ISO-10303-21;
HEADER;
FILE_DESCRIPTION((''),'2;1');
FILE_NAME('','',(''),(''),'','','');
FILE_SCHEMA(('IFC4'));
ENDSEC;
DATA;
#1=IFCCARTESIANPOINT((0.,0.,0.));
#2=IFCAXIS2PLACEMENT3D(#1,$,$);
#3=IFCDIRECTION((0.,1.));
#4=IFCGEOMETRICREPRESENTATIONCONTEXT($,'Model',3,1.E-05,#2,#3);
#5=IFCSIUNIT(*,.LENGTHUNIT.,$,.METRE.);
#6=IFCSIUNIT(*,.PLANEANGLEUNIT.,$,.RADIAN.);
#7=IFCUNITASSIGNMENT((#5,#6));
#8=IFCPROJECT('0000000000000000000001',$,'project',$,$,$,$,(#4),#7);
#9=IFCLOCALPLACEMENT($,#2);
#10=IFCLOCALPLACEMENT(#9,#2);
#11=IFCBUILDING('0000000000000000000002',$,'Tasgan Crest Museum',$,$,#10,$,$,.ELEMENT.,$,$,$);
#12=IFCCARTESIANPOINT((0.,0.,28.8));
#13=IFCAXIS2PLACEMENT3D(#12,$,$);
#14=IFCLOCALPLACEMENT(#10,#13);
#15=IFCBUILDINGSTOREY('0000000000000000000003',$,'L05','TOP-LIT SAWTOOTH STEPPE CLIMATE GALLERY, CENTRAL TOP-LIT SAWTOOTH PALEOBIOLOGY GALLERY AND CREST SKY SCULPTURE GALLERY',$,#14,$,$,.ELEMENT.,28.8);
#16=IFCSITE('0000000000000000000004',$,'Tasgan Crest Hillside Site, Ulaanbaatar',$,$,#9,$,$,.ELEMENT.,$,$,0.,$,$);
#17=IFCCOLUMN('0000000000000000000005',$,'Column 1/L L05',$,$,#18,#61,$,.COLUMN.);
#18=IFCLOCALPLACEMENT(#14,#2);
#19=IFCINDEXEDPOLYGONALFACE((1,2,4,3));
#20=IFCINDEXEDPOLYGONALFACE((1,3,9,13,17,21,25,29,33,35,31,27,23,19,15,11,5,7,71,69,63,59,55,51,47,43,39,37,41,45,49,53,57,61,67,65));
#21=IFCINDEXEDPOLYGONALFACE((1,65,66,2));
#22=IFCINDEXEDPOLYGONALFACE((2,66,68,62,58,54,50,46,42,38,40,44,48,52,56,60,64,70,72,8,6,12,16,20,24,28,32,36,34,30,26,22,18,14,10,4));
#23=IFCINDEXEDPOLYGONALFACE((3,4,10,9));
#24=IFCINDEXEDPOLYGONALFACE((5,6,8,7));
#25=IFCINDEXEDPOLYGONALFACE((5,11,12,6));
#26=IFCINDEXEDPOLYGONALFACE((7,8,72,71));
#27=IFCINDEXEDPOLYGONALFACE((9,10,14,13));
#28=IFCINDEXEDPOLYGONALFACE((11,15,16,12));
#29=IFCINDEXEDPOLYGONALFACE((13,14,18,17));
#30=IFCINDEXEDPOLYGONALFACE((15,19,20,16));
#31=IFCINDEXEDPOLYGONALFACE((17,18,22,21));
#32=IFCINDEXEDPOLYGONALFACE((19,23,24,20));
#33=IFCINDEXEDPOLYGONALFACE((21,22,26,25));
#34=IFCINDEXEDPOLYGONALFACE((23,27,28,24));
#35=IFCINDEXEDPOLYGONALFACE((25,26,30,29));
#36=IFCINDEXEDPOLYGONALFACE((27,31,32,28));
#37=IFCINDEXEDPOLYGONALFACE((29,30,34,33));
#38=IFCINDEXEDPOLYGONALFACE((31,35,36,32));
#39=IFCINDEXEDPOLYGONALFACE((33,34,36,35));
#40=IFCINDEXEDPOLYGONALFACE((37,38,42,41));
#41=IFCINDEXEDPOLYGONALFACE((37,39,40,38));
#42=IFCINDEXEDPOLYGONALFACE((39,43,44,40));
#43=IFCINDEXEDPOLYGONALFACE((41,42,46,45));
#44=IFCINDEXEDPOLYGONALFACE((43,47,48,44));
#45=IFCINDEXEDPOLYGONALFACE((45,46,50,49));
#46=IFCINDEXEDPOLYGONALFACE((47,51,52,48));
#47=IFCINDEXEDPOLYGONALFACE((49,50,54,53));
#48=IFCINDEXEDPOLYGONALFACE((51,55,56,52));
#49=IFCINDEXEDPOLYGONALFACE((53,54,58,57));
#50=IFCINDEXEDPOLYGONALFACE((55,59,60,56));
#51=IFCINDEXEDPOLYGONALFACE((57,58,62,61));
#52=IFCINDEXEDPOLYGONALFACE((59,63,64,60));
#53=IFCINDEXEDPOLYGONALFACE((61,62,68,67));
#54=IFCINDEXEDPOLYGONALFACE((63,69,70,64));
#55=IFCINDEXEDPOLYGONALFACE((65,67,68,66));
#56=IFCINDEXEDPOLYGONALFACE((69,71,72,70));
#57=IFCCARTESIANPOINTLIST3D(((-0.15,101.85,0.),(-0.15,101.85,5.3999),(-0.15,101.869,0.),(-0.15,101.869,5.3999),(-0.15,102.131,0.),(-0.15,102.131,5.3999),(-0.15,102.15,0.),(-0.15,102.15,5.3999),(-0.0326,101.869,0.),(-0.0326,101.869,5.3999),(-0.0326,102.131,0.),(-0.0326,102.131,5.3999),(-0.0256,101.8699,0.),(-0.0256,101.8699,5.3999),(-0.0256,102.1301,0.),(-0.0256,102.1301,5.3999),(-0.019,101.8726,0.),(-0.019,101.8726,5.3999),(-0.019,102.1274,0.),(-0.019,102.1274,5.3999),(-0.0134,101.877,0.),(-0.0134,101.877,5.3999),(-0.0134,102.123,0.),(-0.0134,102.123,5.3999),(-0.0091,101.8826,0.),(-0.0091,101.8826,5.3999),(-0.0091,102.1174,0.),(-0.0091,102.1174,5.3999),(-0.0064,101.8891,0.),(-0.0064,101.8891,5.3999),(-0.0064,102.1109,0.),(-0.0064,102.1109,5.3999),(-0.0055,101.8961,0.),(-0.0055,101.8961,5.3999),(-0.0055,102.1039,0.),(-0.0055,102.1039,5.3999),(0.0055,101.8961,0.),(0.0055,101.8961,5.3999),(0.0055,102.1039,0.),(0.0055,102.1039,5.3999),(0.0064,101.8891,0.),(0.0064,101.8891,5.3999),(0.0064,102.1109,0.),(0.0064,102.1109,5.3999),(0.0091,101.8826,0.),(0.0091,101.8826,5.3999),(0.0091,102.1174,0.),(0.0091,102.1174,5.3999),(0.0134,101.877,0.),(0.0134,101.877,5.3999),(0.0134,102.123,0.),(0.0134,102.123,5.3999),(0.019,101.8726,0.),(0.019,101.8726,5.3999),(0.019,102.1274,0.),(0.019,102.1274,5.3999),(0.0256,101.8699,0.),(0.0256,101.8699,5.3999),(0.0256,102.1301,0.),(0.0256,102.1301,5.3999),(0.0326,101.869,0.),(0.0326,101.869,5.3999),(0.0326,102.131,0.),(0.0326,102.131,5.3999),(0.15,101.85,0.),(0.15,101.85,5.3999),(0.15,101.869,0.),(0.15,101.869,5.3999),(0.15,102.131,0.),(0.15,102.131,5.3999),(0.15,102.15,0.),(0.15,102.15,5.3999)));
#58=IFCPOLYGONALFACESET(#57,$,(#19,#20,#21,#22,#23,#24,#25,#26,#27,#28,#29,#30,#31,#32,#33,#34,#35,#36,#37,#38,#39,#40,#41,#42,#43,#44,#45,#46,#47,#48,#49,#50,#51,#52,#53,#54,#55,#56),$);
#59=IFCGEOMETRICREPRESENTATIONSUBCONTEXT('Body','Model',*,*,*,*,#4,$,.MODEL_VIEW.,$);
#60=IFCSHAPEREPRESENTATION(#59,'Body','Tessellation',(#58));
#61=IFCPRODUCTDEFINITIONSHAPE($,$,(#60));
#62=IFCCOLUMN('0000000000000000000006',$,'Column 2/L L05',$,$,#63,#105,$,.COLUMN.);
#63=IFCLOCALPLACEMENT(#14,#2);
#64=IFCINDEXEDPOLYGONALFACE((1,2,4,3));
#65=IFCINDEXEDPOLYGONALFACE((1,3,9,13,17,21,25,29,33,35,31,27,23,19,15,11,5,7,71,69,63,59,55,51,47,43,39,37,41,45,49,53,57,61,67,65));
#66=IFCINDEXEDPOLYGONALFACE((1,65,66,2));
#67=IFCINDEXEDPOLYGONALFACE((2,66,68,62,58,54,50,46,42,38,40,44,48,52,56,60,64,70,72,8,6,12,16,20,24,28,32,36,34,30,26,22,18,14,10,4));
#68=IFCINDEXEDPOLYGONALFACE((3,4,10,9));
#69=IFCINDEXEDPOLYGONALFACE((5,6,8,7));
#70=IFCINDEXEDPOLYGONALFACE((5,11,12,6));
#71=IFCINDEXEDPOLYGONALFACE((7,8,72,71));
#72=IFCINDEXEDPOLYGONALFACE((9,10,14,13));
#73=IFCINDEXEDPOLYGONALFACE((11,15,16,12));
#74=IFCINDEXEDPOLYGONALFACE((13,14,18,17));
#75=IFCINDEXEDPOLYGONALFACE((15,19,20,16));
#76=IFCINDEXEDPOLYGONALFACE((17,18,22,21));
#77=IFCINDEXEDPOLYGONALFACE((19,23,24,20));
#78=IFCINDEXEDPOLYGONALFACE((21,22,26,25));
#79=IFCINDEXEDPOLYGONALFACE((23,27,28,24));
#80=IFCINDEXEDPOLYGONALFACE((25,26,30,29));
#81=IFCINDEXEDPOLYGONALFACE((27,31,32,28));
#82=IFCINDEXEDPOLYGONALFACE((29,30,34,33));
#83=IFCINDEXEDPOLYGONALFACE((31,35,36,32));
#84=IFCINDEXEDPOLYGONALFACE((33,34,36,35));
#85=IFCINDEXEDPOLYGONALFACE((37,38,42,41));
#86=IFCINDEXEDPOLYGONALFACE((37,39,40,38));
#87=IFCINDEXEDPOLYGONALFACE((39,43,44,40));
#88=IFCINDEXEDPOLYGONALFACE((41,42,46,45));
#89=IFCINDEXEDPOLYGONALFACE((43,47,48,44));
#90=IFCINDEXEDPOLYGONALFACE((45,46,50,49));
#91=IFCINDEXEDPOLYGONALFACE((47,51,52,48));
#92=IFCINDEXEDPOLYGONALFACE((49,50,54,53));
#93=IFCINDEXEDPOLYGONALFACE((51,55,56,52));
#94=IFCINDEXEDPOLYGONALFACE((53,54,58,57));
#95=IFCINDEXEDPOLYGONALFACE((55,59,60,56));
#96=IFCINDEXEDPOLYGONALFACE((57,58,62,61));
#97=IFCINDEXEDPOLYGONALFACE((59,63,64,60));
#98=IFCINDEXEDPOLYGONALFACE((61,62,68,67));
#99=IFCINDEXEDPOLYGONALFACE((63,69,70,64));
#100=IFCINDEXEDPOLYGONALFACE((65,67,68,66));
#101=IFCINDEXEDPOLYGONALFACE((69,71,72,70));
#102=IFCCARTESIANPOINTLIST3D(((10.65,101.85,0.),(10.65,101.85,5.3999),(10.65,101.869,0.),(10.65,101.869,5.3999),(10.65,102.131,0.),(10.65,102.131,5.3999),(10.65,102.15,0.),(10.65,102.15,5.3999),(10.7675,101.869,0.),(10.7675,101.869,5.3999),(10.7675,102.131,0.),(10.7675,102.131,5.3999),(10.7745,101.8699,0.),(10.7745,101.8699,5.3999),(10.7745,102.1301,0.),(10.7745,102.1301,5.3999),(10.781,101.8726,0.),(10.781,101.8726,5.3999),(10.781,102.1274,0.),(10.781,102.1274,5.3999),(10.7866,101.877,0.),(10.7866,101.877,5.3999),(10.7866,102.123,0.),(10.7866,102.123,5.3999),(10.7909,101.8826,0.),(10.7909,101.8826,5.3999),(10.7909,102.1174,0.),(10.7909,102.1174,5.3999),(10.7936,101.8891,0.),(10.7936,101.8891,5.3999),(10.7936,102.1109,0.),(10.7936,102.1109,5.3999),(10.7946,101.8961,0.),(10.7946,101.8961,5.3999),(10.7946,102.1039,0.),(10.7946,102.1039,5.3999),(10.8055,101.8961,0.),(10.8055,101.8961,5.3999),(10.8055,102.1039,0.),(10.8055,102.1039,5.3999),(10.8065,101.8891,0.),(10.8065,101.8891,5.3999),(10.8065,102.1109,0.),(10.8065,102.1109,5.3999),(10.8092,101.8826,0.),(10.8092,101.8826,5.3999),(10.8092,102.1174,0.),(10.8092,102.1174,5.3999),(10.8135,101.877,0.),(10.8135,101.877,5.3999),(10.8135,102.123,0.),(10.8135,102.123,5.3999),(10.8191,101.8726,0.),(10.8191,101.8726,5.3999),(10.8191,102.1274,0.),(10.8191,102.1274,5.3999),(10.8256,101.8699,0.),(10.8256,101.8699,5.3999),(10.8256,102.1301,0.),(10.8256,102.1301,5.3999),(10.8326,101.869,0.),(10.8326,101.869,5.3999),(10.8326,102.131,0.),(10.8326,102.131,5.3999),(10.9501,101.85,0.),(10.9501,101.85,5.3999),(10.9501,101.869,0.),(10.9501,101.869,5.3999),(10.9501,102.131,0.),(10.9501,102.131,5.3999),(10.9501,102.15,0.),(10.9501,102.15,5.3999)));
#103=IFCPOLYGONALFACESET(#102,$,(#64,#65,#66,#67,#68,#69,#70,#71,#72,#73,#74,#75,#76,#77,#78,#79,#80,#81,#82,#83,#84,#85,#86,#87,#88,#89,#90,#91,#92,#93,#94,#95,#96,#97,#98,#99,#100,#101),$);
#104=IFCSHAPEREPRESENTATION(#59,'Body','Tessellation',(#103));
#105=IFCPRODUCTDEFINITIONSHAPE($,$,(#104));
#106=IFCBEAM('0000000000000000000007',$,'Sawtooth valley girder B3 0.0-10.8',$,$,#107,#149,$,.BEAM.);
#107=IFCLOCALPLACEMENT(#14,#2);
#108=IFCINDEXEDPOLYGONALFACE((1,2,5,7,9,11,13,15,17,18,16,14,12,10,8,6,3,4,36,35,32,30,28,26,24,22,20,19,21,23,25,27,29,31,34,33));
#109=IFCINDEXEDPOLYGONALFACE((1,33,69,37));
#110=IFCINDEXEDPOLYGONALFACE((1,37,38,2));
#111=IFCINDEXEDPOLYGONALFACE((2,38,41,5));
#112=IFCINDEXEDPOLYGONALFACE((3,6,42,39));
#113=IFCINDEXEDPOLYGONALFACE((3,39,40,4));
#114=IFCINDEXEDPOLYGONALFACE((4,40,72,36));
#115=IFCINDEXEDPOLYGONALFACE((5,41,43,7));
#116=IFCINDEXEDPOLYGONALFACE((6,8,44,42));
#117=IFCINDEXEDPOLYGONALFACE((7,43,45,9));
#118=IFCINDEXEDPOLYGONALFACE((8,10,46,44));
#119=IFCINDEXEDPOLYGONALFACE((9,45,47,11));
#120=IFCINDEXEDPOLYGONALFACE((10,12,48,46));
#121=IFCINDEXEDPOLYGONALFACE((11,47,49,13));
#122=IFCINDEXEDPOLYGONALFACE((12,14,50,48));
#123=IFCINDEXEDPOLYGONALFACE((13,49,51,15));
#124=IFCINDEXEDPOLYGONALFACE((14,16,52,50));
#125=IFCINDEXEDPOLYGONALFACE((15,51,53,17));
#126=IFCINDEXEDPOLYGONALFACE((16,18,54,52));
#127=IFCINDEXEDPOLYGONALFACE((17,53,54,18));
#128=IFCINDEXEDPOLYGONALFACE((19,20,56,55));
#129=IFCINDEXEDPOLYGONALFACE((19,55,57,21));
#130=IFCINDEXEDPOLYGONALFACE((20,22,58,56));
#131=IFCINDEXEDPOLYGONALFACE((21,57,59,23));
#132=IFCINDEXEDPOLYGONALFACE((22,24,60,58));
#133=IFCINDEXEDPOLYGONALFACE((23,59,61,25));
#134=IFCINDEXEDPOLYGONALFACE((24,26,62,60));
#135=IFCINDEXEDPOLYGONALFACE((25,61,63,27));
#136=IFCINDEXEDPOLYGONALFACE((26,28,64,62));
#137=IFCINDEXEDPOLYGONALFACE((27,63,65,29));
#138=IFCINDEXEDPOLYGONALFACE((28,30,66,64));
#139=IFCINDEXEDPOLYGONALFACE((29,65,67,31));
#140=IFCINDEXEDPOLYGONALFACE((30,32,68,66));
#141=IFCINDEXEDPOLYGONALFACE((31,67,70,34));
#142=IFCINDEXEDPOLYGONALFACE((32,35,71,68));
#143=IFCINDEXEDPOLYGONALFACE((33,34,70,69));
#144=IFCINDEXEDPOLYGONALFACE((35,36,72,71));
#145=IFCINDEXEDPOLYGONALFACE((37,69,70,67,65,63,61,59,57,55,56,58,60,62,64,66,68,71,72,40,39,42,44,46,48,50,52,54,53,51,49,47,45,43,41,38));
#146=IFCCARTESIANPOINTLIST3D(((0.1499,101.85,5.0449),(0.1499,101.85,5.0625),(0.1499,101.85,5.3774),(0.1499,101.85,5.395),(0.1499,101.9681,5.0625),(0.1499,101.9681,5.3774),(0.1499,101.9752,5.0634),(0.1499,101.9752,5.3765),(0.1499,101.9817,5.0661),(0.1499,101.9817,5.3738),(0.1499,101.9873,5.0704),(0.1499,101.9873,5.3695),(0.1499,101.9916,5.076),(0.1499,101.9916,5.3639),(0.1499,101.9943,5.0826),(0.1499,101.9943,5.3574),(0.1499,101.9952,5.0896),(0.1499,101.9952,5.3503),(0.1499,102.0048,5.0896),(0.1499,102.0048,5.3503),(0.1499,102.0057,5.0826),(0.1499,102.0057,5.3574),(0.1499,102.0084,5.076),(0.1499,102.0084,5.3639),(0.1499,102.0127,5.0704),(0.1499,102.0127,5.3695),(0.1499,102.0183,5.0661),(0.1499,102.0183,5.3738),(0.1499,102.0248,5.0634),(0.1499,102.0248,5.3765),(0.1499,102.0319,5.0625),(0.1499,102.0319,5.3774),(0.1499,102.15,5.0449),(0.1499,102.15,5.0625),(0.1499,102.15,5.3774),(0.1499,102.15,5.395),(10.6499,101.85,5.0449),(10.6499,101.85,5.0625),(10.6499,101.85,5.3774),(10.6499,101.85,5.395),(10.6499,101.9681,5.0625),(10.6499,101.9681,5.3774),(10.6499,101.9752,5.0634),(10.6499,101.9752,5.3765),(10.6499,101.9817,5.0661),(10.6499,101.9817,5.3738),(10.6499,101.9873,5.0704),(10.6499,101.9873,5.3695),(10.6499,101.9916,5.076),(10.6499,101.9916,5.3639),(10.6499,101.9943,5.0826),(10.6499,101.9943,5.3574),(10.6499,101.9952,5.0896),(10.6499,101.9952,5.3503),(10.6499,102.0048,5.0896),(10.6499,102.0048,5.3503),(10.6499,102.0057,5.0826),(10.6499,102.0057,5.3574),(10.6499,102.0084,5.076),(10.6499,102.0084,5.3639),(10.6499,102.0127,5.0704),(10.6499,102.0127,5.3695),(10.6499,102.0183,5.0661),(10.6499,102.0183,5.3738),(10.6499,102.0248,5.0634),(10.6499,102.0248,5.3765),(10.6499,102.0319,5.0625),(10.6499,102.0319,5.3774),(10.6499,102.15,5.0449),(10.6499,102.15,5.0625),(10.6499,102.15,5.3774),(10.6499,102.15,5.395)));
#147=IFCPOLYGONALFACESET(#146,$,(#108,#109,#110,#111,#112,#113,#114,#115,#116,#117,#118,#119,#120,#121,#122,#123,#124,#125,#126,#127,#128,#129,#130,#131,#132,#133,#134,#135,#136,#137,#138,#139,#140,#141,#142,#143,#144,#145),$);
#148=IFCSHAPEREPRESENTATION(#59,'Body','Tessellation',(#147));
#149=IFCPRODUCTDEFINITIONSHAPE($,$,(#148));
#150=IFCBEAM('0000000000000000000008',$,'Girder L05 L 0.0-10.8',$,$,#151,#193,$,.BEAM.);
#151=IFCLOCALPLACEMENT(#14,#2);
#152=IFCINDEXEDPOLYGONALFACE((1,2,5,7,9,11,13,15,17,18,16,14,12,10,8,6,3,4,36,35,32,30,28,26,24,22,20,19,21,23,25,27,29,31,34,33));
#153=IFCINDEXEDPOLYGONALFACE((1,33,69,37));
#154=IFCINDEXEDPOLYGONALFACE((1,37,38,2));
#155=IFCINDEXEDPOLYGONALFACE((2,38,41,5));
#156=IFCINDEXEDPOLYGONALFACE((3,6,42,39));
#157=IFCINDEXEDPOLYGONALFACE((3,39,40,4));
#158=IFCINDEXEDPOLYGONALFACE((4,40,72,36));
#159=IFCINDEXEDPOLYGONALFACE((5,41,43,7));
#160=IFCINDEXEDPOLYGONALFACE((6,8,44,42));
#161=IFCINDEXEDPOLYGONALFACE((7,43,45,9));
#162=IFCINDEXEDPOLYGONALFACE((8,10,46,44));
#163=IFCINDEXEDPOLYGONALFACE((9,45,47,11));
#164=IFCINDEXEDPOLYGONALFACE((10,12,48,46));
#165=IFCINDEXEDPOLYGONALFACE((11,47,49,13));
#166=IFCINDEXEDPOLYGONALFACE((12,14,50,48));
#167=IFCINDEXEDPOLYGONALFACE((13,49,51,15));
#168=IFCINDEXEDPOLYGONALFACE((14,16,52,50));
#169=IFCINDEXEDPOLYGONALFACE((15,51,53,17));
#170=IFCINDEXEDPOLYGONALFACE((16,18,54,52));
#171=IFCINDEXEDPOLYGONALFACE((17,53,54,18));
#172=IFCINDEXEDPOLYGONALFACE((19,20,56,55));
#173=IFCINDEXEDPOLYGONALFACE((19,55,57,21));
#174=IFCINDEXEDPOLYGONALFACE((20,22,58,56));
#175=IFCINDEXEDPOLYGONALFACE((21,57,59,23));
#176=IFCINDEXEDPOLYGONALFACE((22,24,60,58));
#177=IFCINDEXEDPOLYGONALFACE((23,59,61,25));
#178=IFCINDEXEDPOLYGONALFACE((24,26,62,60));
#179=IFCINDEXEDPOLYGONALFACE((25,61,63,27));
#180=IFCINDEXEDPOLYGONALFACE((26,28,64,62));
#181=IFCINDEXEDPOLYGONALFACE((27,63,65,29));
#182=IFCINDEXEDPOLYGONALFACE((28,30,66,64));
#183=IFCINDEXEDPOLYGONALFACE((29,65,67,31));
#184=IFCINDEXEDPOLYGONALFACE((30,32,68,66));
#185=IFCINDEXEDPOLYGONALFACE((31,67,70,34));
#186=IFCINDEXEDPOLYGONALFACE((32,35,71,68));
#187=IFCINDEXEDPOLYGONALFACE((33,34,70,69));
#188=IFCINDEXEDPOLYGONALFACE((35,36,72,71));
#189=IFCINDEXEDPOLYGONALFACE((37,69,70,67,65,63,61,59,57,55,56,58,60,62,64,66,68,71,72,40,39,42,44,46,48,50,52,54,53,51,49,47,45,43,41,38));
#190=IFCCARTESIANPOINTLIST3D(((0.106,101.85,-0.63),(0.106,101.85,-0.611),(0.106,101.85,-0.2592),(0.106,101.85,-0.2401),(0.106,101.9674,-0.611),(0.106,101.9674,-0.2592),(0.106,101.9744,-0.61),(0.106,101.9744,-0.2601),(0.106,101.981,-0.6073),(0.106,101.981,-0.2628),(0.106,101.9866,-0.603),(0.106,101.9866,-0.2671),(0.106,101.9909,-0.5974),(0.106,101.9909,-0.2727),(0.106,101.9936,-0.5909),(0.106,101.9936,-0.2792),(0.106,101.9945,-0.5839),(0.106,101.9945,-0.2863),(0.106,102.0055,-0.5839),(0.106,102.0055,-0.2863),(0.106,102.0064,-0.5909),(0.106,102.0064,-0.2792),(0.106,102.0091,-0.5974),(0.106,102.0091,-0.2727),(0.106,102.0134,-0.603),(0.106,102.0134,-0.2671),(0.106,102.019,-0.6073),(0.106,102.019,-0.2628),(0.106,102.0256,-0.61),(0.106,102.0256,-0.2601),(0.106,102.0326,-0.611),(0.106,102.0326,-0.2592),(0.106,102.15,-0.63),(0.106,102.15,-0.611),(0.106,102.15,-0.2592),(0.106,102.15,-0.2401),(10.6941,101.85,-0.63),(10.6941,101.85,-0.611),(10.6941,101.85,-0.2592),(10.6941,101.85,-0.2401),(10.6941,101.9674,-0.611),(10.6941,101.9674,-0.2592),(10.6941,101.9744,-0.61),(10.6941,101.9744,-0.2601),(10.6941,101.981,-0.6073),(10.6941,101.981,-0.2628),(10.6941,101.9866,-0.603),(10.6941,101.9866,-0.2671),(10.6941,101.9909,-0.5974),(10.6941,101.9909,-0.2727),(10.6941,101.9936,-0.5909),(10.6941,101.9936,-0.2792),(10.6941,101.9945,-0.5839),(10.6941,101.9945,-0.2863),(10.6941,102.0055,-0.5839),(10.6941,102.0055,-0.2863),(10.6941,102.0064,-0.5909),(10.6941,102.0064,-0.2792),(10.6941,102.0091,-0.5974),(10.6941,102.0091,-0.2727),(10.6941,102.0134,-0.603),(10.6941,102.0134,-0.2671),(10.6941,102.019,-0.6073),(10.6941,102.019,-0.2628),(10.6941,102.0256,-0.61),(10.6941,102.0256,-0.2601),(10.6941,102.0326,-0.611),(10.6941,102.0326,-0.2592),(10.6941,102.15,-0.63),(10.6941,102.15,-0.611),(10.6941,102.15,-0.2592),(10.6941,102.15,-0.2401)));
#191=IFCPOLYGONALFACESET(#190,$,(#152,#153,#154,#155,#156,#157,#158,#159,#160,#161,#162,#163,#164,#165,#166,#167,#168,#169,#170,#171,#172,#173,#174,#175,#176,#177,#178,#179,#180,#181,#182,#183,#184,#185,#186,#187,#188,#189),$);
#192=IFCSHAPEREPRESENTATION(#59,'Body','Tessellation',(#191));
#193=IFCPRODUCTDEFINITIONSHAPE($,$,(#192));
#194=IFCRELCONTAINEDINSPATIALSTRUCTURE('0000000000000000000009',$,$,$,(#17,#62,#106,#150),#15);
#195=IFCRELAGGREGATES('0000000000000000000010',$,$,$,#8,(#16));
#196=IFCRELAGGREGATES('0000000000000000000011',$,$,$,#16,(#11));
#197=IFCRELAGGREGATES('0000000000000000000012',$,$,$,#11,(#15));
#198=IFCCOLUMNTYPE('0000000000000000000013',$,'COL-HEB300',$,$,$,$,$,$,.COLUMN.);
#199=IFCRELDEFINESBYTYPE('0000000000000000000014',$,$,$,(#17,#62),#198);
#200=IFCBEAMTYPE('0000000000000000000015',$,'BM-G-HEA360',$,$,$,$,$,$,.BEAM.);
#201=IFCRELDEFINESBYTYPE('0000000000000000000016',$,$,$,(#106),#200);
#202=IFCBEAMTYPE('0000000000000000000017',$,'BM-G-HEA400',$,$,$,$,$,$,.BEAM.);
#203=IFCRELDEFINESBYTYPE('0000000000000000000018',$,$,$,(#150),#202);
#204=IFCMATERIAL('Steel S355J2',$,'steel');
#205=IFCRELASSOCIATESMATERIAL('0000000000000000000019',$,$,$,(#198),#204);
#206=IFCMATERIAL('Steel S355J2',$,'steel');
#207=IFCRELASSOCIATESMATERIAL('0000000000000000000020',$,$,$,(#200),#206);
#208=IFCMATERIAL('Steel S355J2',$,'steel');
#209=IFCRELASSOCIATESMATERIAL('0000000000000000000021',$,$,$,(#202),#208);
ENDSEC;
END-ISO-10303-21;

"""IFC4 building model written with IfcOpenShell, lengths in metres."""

from ifc_helpers import new_model, si_unit, direction, frame, origin, origin_2d, place, context, subcontext, project, spatial, i_section, extrude, material, material_profile, profile_set, type_object, element, save


model = new_model("IFC4")

# Units and contexts
model_context = context("Model", 3, precision=1e-05, world=origin(), true_north=direction((0.0, 1.0)))
body_context = subcontext(model_context, "Body", "Model", "MODEL_VIEW")
ifc_project = project(units=[si_unit("LENGTHUNIT", "METRE"), si_unit("PLANEANGLEUNIT", "RADIAN")], contexts=[model_context])

# Site, building, storey
site_placement = place(None, origin())
site = spatial("IfcSite", under=ifc_project, at=site_placement, Name="Tasgan Crest Hillside Site, Ulaanbaatar", CompositionType="ELEMENT", RefElevation=0.0)
building_placement = place(site_placement, origin())
building = spatial("IfcBuilding", under=site, at=building_placement, Name="Tasgan Crest Museum", CompositionType="ELEMENT")
storey_placement = place(building_placement, frame((0.0, 0.0, 28.8)))
storey = spatial("IfcBuildingStorey", under=building, at=storey_placement, Name="L05", Description="TOP-LIT SAWTOOTH STEPPE CLIMATE GALLERY, CENTRAL TOP-LIT SAWTOOTH PALEOBIOLOGY GALLERY AND CREST SKY SCULPTURE GALLERY", CompositionType="ELEMENT", Elevation=28.8)

# Columns
ifc_material_1 = material(Name="Steel S355J2", Category="steel")
ifc_material_profile_1 = material_profile(ifc_material_1, i_section(OverallWidth=0.3, OverallDepth=0.3, WebThickness=0.011, FlangeThickness=0.019, FilletRadius=0.0271, at=origin_2d()), Name="HEB 300")
ifc_profile_set_1 = profile_set([ifc_material_profile_1], Name="Steel S355J2")
column_type = type_object("IfcColumnType", Name="COL-HEB300", PredefinedType="COLUMN", material=ifc_profile_set_1)
for number, where, z_axis, x_axis, name in (
    (1, (0.0, 102.0, 0.0), (0.0, 0.0, 1.0), (1.0, 0.0, 0.0), "Column 1/L L05"),
    (2, (10.8, 102.0, 0.0), (0.0, 0.0, 1.0), (1.0, 0.0, 0.0), "Column 2/L L05"),
):
    element("IfcColumn", number, at=place(storey_placement, frame(where, z_axis=z_axis, x_axis=x_axis)), inside=storey, type_object=column_type, Name=name, PredefinedType="COLUMN", context=body_context, shape_type="SweptSolid", body=[
        extrude(i_section(OverallWidth=0.3, OverallDepth=0.3, WebThickness=0.011, FlangeThickness=0.019, FilletRadius=0.0271, at=origin_2d()), origin(), (0.0, 0.0, 1.0), 5.3999),
    ])

# Beams
ifc_material_2 = material(Name="Steel S355J2", Category="steel")
ifc_material_profile_2 = material_profile(ifc_material_2, i_section(OverallWidth=0.3, OverallDepth=0.3501, WebThickness=0.0095, FlangeThickness=0.0176, FilletRadius=0.0271, at=origin_2d()), Name="HEA 360")
ifc_profile_set_2 = profile_set([ifc_material_profile_2], Name="Steel S355J2")
beam_type_1 = type_object("IfcBeamType", Name="BM-G-HEA360", PredefinedType="BEAM", material=ifc_profile_set_2)
beam_1_placement = place(storey_placement, frame((0.1499, 102.0, 5.22), z_axis=(1.0, 0.0, 0.0), x_axis=(0.0, 1.0, 0.0)))
element("IfcBeam", 3, at=beam_1_placement, inside=storey, type_object=beam_type_1, Name="Sawtooth valley girder B3 0.0-10.8", PredefinedType="BEAM", context=body_context, shape_type="SweptSolid", body=[
    extrude(i_section(OverallWidth=0.3, OverallDepth=0.3501, WebThickness=0.0095, FlangeThickness=0.0176, FilletRadius=0.0271, at=origin_2d()), origin(), (0.0, 0.0, 1.0), 10.5),
])
ifc_material_3 = material(Name="Steel S355J2", Category="steel")
ifc_material_profile_3 = material_profile(ifc_material_3, i_section(OverallWidth=0.3, OverallDepth=0.3899, WebThickness=0.011, FlangeThickness=0.019, FilletRadius=0.0271, at=origin_2d()), Name="HEA 400")
ifc_profile_set_3 = profile_set([ifc_material_profile_3], Name="Steel S355J2")
beam_type_2 = type_object("IfcBeamType", Name="BM-G-HEA400", PredefinedType="BEAM", material=ifc_profile_set_3)
beam_2_placement = place(storey_placement, frame((0.106, 102.0, -0.4351), z_axis=(1.0, 0.0, 0.0), x_axis=(0.0, 1.0, 0.0)))
element("IfcBeam", 4, at=beam_2_placement, inside=storey, type_object=beam_type_2, Name="Girder L05 L 0.0-10.8", PredefinedType="BEAM", context=body_context, shape_type="SweptSolid", body=[
    extrude(i_section(OverallWidth=0.3, OverallDepth=0.3899, WebThickness=0.011, FlangeThickness=0.019, FilletRadius=0.0271, at=origin_2d()), origin(), (0.0, 0.0, 1.0), 10.5881),
])

save(model, "model.ifc")
